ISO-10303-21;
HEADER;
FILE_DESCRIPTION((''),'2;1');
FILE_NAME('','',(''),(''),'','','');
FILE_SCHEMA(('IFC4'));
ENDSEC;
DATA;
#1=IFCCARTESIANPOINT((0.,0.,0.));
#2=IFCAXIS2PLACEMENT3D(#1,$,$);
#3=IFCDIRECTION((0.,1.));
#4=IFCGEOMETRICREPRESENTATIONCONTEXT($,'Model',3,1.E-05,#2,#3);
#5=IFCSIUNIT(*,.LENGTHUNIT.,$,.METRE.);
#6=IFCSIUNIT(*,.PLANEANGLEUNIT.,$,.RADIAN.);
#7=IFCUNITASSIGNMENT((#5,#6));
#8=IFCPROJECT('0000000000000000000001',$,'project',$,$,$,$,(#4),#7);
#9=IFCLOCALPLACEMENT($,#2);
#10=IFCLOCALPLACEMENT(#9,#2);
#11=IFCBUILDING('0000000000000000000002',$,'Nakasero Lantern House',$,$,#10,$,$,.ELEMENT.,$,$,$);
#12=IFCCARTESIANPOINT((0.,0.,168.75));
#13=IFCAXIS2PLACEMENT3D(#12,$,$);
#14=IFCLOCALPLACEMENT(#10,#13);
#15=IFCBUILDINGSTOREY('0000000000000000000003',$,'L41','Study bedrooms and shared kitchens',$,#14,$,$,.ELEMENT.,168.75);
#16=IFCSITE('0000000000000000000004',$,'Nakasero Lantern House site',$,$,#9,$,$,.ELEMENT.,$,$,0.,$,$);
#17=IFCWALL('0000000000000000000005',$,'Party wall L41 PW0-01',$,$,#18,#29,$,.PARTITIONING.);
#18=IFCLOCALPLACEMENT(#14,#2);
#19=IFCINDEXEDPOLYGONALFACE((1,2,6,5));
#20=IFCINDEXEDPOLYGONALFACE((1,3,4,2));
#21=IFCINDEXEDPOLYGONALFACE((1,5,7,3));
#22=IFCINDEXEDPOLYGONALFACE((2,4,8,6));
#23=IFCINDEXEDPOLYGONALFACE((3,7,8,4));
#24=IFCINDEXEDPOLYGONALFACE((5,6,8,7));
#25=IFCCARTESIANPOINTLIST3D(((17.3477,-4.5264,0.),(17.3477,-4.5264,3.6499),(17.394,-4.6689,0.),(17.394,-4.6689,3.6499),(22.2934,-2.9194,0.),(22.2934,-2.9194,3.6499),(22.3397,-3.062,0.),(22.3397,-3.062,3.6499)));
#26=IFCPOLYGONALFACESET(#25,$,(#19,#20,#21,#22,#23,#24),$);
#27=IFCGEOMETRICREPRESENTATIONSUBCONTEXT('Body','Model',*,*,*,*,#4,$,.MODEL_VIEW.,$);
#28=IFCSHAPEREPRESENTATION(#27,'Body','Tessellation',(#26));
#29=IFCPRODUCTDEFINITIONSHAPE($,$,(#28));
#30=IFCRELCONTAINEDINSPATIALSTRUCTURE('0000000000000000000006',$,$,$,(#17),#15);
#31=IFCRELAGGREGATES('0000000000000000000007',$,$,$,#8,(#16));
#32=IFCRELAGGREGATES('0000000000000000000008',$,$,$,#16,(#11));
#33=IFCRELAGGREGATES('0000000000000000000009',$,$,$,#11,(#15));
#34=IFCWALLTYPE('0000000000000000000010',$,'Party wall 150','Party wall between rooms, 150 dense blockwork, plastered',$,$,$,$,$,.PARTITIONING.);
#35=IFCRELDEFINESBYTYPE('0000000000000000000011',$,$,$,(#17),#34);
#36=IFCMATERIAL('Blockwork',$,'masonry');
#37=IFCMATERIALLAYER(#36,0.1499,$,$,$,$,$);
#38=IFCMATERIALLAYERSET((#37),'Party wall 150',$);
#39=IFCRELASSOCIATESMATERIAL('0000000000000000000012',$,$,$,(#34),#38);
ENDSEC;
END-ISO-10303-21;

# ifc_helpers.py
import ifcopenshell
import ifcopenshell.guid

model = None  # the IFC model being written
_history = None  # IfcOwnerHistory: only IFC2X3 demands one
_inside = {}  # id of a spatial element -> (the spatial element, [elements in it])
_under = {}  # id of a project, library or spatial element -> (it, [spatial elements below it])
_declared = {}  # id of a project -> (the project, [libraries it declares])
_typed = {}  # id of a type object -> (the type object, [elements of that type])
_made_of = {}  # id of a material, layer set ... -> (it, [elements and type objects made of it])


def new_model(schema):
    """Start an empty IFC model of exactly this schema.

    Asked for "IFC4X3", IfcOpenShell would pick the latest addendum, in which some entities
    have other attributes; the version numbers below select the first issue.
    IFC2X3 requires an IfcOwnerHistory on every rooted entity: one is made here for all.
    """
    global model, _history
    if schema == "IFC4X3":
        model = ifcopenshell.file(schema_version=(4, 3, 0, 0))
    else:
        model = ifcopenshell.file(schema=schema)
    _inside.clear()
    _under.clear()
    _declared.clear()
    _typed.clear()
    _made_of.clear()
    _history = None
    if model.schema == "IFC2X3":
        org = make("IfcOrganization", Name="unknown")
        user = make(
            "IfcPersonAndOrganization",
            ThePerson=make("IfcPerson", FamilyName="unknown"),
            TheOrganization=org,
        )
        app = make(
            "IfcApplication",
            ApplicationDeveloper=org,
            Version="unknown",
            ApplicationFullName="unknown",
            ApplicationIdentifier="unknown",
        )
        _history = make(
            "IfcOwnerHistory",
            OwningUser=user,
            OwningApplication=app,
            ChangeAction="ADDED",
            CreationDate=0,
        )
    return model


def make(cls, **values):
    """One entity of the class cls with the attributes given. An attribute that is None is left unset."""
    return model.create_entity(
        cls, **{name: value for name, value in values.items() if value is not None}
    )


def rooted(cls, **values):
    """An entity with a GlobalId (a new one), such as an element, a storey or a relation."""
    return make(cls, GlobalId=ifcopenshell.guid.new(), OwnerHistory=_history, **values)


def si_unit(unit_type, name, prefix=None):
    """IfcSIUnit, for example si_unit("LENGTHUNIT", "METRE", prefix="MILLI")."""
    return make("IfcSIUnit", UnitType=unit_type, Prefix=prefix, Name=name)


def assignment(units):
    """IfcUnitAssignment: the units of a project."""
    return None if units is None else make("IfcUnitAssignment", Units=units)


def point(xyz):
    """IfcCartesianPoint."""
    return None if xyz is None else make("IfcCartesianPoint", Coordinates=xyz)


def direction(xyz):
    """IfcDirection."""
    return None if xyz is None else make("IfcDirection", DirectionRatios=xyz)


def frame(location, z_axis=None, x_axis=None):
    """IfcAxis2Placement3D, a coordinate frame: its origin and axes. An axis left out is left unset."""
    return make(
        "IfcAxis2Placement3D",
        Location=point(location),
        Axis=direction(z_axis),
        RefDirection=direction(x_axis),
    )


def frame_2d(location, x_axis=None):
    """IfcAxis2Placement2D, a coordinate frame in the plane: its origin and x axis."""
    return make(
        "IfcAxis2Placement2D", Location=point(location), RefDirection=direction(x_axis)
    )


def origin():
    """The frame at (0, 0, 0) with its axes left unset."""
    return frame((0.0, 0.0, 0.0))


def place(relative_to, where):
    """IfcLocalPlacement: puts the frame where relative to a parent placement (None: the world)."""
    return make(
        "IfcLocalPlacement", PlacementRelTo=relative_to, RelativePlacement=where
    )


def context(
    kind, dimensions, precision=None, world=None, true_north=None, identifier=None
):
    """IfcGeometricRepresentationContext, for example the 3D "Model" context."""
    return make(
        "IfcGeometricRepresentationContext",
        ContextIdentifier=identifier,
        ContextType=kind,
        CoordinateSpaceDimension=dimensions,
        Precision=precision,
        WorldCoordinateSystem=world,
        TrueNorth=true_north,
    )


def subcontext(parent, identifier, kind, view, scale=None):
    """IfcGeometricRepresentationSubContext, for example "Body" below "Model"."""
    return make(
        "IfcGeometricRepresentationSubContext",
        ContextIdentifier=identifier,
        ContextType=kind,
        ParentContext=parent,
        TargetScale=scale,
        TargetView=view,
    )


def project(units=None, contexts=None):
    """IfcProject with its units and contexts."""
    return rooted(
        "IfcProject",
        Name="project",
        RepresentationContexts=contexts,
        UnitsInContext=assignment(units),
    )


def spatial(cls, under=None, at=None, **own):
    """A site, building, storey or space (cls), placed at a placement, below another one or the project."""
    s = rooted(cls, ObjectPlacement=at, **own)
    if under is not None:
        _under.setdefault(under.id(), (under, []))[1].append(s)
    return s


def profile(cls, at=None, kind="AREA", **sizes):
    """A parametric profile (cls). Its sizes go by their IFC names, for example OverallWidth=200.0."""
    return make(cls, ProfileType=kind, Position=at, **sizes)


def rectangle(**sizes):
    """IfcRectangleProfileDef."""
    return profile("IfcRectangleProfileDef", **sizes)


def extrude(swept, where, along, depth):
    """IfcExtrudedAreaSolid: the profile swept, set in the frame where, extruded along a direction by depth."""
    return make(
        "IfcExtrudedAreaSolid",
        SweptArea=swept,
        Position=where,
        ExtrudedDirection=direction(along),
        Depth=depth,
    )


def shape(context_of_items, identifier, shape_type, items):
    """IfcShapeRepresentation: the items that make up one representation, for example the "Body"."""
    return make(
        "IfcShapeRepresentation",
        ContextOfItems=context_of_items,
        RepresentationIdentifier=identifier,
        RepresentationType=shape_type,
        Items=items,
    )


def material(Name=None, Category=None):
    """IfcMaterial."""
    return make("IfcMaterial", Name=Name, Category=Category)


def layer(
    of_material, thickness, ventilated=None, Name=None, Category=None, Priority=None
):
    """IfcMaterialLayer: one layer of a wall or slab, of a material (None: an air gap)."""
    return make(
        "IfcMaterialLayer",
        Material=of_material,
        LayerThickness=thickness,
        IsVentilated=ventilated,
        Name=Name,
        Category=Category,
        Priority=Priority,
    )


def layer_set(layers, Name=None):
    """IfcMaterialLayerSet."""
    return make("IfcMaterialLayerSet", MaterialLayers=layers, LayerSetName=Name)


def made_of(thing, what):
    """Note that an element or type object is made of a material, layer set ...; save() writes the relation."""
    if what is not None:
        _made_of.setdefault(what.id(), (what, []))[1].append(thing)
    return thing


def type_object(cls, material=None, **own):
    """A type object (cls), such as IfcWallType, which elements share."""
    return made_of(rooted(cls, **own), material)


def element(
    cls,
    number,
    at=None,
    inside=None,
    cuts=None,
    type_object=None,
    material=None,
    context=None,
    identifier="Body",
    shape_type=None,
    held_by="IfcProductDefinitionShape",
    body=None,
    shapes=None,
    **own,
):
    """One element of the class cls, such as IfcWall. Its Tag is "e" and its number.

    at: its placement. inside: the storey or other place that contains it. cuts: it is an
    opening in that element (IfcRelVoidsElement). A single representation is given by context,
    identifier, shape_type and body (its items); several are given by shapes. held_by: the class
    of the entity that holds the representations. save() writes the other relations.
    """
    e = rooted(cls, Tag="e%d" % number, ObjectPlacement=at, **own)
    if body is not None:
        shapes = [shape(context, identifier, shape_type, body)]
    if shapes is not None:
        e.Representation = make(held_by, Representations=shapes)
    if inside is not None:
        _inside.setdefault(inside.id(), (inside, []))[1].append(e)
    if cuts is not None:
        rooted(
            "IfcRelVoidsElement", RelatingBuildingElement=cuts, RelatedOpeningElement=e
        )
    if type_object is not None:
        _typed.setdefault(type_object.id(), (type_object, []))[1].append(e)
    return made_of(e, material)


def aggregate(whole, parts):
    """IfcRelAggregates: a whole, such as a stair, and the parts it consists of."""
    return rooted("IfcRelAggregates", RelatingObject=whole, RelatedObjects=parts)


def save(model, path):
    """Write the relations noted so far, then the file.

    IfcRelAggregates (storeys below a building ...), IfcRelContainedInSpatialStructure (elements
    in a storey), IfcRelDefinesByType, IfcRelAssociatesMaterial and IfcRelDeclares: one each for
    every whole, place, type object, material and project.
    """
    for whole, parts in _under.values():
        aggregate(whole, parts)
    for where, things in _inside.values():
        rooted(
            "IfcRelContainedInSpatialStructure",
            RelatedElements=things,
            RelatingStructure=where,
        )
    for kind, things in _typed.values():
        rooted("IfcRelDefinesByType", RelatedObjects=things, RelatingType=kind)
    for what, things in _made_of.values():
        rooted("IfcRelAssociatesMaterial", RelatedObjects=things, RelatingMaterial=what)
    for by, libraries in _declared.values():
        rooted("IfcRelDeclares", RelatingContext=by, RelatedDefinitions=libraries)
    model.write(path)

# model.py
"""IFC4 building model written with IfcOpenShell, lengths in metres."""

from ifc_helpers import new_model, si_unit, direction, frame, frame_2d, origin, place, context, subcontext, project, spatial, rectangle, extrude, material, layer, layer_set, type_object, element, save


model = new_model("IFC4")

# Units and contexts
model_context = context("Model", 3, precision=1e-05, world=origin(), true_north=direction((0.0, 1.0)))
body_context = subcontext(model_context, "Body", "Model", "MODEL_VIEW")
ifc_project = project(units=[si_unit("LENGTHUNIT", "METRE"), si_unit("PLANEANGLEUNIT", "RADIAN")], contexts=[model_context])

# Site, building, storey
site_placement = place(None, origin())
site = spatial("IfcSite", under=ifc_project, at=site_placement, Name="Nakasero Lantern House site", CompositionType="ELEMENT", RefElevation=0.0)
building_placement = place(site_placement, origin())
building = spatial("IfcBuilding", under=site, at=building_placement, Name="Nakasero Lantern House", CompositionType="ELEMENT")
storey_placement = place(building_placement, frame((0.0, 0.0, 168.75)))
storey = spatial("IfcBuildingStorey", under=building, at=storey_placement, Name="L41", Description="Study bedrooms and shared kitchens", CompositionType="ELEMENT", Elevation=168.75)

# Wall
ifc_material_1 = material(Name="Blockwork", Category="masonry")
ifc_layer_1 = layer(ifc_material_1, 0.1499)
ifc_layer_set_1 = layer_set([ifc_layer_1], Name="Party wall 150")
wall_type_1 = type_object("IfcWallType", Name="Party wall 150", Description="Party wall between rooms, 150 dense blockwork, plastered", PredefinedType="PARTITIONING", material=ifc_layer_set_1)
wall_1_placement = place(storey_placement, frame((17.3708, -4.5977, 0.0), z_axis=(0.0, 0.0, 1.0), x_axis=(0.951055, 0.309021, 0.0)))
element("IfcWall", 1, at=wall_1_placement, inside=storey, type_object=wall_type_1, Name="Party wall L41 PW0-01", PredefinedType="PARTITIONING", context=body_context, shape_type="SweptSolid", body=[
    extrude(rectangle(XDim=5.2002, YDim=0.1499, at=frame_2d((2.6001, 0.0))), origin(), (0.0, 0.0, 1.0), 3.6499),
])

save(model, "model.ifc")
